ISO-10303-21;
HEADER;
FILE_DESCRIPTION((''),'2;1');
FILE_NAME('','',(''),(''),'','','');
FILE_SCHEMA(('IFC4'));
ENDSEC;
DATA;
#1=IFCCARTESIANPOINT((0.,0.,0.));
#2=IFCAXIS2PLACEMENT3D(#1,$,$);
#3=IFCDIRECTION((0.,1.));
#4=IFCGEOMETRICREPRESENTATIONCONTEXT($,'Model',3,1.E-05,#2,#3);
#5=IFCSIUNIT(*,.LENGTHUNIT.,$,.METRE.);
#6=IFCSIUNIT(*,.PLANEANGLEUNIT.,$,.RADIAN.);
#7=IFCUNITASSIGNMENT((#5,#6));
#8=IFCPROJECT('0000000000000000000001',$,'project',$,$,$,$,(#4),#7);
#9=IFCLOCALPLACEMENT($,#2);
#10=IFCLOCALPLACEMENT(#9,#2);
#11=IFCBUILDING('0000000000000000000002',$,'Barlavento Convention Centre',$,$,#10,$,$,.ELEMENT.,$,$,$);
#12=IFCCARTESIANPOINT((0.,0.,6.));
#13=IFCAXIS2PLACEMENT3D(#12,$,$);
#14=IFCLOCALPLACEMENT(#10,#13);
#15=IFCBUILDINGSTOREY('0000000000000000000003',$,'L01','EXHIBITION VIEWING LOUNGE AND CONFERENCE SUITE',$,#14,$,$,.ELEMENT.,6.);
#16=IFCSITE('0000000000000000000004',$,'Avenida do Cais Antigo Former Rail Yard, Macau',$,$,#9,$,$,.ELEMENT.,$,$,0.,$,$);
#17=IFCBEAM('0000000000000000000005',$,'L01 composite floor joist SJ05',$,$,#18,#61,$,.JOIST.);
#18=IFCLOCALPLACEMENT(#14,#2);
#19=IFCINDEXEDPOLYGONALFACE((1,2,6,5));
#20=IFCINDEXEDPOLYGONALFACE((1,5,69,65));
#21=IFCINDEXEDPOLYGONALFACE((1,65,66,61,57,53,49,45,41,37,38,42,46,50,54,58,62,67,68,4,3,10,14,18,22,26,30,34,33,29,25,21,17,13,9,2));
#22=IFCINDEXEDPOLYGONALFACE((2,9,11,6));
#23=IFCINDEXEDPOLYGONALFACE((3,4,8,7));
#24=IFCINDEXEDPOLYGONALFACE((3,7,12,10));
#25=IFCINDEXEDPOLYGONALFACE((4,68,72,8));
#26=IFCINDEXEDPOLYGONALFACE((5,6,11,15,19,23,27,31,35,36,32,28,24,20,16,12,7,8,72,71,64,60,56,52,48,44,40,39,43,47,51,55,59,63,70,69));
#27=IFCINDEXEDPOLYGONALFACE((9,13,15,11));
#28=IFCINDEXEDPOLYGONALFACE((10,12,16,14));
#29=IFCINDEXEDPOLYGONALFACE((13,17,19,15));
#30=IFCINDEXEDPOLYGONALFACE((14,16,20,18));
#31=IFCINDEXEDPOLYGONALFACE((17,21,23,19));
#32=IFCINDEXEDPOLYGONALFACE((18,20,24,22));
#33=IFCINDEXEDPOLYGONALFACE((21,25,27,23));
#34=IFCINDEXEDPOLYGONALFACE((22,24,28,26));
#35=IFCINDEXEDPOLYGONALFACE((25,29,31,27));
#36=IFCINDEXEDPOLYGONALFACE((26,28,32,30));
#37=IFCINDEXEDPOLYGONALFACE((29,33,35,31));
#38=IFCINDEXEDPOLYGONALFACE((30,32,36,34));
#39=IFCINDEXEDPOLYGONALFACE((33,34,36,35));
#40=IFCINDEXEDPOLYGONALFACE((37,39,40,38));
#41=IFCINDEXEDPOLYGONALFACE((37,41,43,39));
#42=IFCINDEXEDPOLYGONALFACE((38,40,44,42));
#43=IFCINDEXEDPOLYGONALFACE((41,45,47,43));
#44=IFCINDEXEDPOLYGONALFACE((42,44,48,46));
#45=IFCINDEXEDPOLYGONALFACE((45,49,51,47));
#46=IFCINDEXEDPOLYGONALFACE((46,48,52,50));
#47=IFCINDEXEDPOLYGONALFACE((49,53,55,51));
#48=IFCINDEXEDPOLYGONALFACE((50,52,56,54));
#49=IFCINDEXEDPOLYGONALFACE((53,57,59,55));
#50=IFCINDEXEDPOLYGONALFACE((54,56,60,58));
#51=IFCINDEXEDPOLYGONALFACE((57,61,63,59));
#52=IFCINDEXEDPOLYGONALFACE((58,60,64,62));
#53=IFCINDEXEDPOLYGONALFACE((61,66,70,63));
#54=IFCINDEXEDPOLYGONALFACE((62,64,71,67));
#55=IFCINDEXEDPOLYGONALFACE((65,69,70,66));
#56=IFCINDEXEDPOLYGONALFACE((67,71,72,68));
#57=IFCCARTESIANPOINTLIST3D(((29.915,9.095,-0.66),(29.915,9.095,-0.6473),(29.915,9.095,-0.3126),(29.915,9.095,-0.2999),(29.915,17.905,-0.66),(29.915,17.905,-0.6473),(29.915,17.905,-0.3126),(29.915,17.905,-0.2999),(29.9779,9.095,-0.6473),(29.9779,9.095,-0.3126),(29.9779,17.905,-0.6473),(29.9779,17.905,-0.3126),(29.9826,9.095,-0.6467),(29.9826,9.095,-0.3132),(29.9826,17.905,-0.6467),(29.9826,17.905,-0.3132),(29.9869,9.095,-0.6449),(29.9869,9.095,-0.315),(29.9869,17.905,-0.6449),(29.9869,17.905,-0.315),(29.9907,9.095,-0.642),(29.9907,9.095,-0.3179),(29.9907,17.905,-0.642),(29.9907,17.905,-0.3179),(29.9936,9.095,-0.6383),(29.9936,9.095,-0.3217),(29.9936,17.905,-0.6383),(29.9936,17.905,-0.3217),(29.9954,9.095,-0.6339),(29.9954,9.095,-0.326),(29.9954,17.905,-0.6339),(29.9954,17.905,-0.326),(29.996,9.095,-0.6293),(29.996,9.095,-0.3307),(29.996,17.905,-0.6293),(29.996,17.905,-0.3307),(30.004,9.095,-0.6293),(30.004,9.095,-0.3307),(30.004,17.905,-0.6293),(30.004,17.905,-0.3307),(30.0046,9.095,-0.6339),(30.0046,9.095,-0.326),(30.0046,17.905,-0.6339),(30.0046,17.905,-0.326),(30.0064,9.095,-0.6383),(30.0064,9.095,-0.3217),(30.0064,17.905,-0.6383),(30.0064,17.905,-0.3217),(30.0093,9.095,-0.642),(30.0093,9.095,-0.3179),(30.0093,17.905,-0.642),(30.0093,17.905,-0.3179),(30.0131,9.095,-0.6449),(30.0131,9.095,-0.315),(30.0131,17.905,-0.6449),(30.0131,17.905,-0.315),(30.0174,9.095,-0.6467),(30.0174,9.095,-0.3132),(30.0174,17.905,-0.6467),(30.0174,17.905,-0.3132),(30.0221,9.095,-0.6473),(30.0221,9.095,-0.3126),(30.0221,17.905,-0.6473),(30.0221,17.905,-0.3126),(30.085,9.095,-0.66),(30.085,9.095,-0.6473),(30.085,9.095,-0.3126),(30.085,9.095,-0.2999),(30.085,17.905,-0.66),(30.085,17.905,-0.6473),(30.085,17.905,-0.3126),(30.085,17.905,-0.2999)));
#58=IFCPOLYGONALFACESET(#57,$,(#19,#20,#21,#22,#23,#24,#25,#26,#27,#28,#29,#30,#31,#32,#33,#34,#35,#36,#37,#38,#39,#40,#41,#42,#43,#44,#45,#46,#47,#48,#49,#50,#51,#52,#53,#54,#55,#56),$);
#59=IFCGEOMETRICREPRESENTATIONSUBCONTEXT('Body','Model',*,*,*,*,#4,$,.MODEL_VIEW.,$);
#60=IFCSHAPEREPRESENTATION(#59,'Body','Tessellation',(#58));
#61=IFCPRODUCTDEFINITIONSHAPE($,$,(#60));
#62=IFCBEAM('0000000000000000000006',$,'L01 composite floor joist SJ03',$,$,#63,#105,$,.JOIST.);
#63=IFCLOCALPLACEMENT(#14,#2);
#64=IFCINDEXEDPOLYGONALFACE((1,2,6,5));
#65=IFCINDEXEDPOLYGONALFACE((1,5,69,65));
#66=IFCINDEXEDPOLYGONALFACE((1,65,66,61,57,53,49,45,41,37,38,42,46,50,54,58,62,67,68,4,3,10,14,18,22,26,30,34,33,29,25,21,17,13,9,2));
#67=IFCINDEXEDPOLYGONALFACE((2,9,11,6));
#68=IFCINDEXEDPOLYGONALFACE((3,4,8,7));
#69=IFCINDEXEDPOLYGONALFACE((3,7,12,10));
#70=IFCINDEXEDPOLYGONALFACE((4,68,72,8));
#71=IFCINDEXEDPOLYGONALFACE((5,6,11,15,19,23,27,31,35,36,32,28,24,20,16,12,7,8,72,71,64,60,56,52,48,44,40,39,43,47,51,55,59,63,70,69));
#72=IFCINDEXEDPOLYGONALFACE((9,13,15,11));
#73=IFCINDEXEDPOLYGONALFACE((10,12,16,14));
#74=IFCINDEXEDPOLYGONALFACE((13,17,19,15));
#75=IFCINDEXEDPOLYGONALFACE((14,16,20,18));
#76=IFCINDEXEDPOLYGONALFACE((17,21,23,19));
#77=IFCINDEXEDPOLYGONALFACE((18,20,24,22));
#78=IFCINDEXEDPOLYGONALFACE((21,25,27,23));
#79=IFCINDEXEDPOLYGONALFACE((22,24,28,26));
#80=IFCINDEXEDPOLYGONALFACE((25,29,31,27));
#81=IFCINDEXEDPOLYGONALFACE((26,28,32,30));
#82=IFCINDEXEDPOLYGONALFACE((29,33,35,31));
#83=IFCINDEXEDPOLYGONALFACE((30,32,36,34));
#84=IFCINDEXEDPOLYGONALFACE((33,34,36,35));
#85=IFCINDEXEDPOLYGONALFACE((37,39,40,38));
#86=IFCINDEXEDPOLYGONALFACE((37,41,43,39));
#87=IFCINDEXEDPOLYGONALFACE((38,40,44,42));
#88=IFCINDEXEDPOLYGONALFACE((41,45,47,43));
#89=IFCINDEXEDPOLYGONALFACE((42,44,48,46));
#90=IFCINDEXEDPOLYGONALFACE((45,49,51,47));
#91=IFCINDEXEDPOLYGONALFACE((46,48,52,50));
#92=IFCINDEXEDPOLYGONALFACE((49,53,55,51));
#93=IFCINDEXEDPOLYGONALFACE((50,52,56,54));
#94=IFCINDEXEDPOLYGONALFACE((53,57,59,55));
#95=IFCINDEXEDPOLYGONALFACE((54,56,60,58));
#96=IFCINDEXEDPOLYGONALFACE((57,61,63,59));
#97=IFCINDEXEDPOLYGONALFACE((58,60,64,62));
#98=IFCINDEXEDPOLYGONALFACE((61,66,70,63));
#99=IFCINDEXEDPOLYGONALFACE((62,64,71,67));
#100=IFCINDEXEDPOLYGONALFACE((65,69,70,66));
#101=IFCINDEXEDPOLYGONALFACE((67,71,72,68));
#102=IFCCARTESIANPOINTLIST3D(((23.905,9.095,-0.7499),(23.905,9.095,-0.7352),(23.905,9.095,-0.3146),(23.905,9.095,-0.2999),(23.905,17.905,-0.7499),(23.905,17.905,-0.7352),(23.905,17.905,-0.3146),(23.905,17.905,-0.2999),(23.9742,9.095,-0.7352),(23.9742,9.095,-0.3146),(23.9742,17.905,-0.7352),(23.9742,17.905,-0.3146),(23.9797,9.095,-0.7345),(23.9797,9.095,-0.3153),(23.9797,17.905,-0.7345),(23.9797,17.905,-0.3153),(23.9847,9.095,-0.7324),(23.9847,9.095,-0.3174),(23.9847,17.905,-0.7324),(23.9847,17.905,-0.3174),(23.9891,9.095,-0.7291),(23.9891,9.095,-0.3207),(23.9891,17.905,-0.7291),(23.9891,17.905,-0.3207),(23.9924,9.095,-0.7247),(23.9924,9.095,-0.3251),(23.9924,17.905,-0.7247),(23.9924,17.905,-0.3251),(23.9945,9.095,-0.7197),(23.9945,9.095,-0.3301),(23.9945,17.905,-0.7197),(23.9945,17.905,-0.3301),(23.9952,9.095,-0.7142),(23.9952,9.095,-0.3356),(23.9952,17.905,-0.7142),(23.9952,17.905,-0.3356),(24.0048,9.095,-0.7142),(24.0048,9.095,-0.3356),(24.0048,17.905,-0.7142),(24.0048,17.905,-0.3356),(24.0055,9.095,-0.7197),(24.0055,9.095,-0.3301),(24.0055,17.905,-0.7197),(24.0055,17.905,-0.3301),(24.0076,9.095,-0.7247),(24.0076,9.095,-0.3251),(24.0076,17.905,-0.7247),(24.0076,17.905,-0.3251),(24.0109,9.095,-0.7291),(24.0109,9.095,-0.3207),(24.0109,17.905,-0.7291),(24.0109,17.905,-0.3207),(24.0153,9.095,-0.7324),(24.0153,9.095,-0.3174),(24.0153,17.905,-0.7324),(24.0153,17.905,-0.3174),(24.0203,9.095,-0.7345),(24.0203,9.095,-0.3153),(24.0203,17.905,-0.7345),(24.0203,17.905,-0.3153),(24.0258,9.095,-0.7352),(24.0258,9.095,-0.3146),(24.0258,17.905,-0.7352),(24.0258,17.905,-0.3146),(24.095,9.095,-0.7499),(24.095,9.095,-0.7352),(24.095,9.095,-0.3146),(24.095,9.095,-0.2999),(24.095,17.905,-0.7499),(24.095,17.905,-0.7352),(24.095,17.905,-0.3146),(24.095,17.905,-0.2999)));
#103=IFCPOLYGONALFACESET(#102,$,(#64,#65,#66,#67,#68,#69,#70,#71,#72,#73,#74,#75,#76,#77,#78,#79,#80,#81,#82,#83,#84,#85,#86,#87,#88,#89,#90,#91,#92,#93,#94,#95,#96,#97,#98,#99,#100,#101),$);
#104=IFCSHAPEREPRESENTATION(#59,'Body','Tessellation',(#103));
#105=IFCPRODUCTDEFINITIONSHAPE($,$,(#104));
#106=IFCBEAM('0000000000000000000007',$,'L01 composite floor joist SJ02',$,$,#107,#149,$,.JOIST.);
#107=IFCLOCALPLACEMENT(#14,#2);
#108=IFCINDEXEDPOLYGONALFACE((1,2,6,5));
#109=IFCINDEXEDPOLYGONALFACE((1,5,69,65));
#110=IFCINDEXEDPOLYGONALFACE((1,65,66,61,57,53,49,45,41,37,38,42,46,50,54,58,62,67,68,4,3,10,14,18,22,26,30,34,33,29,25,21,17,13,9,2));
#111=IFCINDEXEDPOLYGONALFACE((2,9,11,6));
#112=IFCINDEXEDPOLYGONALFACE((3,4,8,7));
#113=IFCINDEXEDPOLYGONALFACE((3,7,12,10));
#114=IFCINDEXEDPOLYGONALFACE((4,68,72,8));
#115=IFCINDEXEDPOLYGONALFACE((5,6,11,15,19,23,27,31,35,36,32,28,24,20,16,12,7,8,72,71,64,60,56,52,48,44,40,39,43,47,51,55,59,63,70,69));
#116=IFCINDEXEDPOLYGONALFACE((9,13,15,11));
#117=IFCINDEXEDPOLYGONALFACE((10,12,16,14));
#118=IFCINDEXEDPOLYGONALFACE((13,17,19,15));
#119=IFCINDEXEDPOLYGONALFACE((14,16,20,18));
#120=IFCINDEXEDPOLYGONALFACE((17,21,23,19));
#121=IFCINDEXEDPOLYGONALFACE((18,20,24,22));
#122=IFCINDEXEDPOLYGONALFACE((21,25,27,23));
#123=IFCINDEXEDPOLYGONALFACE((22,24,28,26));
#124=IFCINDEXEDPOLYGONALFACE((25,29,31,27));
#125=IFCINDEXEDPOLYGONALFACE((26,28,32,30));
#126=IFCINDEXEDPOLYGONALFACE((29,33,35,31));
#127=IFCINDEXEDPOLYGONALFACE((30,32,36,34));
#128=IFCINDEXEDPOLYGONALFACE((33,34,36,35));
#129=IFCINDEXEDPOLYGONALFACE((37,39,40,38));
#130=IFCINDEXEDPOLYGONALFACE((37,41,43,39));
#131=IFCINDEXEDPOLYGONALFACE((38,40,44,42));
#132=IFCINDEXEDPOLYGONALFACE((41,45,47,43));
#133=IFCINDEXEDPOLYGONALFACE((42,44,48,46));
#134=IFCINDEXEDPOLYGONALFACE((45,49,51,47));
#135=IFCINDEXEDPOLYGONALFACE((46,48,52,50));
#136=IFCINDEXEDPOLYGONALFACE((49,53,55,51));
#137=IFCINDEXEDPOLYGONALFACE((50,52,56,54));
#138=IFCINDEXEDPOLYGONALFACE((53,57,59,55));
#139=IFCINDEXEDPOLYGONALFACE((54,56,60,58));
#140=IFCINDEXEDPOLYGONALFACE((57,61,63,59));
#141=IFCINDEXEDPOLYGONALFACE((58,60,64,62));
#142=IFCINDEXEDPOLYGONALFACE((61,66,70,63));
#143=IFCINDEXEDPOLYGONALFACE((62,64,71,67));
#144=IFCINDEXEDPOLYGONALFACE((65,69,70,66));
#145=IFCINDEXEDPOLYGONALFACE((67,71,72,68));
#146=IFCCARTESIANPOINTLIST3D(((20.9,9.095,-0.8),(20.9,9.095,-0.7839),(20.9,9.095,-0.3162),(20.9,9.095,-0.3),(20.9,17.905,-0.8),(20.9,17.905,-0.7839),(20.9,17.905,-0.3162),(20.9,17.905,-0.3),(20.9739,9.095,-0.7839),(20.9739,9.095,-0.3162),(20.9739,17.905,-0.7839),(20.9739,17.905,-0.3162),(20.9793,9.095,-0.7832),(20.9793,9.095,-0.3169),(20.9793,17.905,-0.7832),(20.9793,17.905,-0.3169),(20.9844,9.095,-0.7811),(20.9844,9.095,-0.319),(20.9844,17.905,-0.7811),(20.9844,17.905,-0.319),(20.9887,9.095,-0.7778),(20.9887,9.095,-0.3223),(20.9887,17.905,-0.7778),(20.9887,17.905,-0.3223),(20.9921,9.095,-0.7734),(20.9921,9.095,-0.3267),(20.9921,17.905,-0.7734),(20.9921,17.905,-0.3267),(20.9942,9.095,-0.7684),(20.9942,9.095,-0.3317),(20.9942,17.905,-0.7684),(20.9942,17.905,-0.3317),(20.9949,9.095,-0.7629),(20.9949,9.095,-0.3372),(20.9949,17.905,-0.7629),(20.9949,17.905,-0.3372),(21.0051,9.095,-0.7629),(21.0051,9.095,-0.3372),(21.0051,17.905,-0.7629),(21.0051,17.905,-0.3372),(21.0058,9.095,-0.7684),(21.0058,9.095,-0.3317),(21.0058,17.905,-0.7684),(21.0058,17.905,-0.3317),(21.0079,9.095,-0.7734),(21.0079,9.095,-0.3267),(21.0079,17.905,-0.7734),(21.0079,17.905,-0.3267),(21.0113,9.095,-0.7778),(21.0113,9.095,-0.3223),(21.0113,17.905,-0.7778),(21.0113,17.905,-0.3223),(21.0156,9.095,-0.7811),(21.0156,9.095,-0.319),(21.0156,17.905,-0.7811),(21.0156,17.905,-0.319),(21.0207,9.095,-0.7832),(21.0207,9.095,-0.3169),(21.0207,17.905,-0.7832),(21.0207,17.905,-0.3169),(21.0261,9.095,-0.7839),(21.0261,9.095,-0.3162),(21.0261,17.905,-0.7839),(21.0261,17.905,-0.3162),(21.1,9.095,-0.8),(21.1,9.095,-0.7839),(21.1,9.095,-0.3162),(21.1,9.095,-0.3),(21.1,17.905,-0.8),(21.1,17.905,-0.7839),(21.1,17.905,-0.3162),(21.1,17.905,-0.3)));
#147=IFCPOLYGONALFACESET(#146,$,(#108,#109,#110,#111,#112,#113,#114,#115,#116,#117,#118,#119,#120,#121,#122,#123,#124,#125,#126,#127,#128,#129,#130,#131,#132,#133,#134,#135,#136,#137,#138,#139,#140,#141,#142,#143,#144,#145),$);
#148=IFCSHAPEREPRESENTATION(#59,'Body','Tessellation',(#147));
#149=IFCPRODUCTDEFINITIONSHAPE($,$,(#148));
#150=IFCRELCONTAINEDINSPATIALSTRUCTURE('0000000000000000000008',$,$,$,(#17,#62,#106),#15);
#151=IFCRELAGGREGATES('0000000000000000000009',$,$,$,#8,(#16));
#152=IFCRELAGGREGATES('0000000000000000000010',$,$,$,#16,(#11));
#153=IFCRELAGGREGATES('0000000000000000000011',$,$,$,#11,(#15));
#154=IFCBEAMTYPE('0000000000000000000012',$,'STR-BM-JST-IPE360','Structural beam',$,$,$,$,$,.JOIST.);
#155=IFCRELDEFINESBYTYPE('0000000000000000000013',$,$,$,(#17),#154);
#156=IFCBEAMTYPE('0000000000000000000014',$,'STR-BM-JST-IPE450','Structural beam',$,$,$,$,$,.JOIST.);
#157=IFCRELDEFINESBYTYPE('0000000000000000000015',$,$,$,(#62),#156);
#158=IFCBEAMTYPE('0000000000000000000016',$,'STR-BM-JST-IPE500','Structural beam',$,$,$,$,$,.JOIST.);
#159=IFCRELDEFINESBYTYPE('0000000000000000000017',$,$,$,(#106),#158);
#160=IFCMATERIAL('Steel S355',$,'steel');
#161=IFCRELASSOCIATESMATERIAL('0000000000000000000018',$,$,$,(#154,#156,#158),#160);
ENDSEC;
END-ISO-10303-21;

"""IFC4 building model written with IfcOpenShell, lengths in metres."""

from ifc_helpers import new_model, si_unit, direction, frame, origin, origin_2d, place, context, subcontext, project, spatial, i_section, extrude, material, material_profile, profile_set, type_object, element, save


model = new_model("IFC4")

# Units and contexts
model_context = context("Model", 3, precision=1e-05, world=origin(), true_north=direction((0.0, 1.0)))
body_context = subcontext(model_context, "Body", "Model", "MODEL_VIEW")
ifc_project = project(units=[si_unit("LENGTHUNIT", "METRE"), si_unit("PLANEANGLEUNIT", "RADIAN")], contexts=[model_context])

# Site, building, storey
site_placement = place(None, origin())
site = spatial("IfcSite", under=ifc_project, at=site_placement, Name="Avenida do Cais Antigo Former Rail Yard, Macau", CompositionType="ELEMENT", RefElevation=0.0)
building_placement = place(site_placement, origin())
building = spatial("IfcBuilding", under=site, at=building_placement, Name="Barlavento Convention Centre", CompositionType="ELEMENT")
storey_placement = place(building_placement, frame((0.0, 0.0, 6.0)))
storey = spatial("IfcBuildingStorey", under=building, at=storey_placement, Name="L01", Description="EXHIBITION VIEWING LOUNGE AND CONFERENCE SUITE", CompositionType="ELEMENT", Elevation=6.0)

# Shared definitions
ifc_material_1 = material(Name="Steel S355", Category="steel")

# Beams
ifc_material_profile_1 = material_profile(ifc_material_1, i_section(OverallWidth=0.1699, OverallDepth=0.3601, WebThickness=0.0081, FlangeThickness=0.0127, FilletRadius=0.0181, at=origin_2d()), Name="IPE 360")
ifc_profile_set_1 = profile_set([ifc_material_profile_1], Name="Steel S355")
beam_type_1 = type_object("IfcBeamType", Name="STR-BM-JST-IPE360", Description="Structural beam", PredefinedType="JOIST", material=ifc_profile_set_1)
beam_1_placement = place(storey_placement, frame((30.0, 9.095, -0.48), z_axis=(0.0, 1.0, 0.0), x_axis=(-1.0, 0.0, 0.0)))
element("IfcBeam", 1, at=beam_1_placement, inside=storey, type_object=beam_type_1, Name="L01 composite floor joist SJ05", PredefinedType="JOIST", context=body_context, shape_type="SweptSolid", body=[
    extrude(i_section(OverallWidth=0.1699, OverallDepth=0.3601, WebThickness=0.0081, FlangeThickness=0.0127, FilletRadius=0.0181, at=origin_2d()), origin(), (0.0, 0.0, 1.0), 8.8101),
])
ifc_material_profile_2 = material_profile(ifc_material_1, i_section(OverallWidth=0.1899, OverallDepth=0.45, WebThickness=0.0095, FlangeThickness=0.0146, FilletRadius=0.021, at=origin_2d()), Name="IPE 450")
ifc_profile_set_2 = profile_set([ifc_material_profile_2], Name="Steel S355")
beam_type_2 = type_object("IfcBeamType", Name="STR-BM-JST-IPE450", Description="Structural beam", PredefinedType="JOIST", material=ifc_profile_set_2)
beam_2_placement = place(storey_placement, frame((24.0, 9.095, -0.5249), z_axis=(0.0, 1.0, 0.0), x_axis=(-1.0, 0.0, 0.0)))
element("IfcBeam", 2, at=beam_2_placement, inside=storey, type_object=beam_type_2, Name="L01 composite floor joist SJ03", PredefinedType="JOIST", context=body_context, shape_type="SweptSolid", body=[
    extrude(i_section(OverallWidth=0.1899, OverallDepth=0.45, WebThickness=0.0095, FlangeThickness=0.0146, FilletRadius=0.021, at=origin_2d()), origin(), (0.0, 0.0, 1.0), 8.8101),
])
ifc_material_profile_3 = material_profile(ifc_material_1, i_section(OverallWidth=0.2, OverallDepth=0.5, WebThickness=0.0103, FlangeThickness=0.0161, FilletRadius=0.021, at=origin_2d()), Name="IPE 500")
ifc_profile_set_3 = profile_set([ifc_material_profile_3], Name="Steel S355")
beam_type_3 = type_object("IfcBeamType", Name="STR-BM-JST-IPE500", Description="Structural beam", PredefinedType="JOIST", material=ifc_profile_set_3)
beam_3_placement = place(storey_placement, frame((21.0, 9.095, -0.55), z_axis=(0.0, 1.0, 0.0), x_axis=(-1.0, 0.0, 0.0)))
element("IfcBeam", 3, at=beam_3_placement, inside=storey, type_object=beam_type_3, Name="L01 composite floor joist SJ02", PredefinedType="JOIST", context=body_context, shape_type="SweptSolid", body=[
    extrude(i_section(OverallWidth=0.2, OverallDepth=0.5, WebThickness=0.0103, FlangeThickness=0.0161, FilletRadius=0.021, at=origin_2d()), origin(), (0.0, 0.0, 1.0), 8.8101),
])

save(model, "model.ifc")
